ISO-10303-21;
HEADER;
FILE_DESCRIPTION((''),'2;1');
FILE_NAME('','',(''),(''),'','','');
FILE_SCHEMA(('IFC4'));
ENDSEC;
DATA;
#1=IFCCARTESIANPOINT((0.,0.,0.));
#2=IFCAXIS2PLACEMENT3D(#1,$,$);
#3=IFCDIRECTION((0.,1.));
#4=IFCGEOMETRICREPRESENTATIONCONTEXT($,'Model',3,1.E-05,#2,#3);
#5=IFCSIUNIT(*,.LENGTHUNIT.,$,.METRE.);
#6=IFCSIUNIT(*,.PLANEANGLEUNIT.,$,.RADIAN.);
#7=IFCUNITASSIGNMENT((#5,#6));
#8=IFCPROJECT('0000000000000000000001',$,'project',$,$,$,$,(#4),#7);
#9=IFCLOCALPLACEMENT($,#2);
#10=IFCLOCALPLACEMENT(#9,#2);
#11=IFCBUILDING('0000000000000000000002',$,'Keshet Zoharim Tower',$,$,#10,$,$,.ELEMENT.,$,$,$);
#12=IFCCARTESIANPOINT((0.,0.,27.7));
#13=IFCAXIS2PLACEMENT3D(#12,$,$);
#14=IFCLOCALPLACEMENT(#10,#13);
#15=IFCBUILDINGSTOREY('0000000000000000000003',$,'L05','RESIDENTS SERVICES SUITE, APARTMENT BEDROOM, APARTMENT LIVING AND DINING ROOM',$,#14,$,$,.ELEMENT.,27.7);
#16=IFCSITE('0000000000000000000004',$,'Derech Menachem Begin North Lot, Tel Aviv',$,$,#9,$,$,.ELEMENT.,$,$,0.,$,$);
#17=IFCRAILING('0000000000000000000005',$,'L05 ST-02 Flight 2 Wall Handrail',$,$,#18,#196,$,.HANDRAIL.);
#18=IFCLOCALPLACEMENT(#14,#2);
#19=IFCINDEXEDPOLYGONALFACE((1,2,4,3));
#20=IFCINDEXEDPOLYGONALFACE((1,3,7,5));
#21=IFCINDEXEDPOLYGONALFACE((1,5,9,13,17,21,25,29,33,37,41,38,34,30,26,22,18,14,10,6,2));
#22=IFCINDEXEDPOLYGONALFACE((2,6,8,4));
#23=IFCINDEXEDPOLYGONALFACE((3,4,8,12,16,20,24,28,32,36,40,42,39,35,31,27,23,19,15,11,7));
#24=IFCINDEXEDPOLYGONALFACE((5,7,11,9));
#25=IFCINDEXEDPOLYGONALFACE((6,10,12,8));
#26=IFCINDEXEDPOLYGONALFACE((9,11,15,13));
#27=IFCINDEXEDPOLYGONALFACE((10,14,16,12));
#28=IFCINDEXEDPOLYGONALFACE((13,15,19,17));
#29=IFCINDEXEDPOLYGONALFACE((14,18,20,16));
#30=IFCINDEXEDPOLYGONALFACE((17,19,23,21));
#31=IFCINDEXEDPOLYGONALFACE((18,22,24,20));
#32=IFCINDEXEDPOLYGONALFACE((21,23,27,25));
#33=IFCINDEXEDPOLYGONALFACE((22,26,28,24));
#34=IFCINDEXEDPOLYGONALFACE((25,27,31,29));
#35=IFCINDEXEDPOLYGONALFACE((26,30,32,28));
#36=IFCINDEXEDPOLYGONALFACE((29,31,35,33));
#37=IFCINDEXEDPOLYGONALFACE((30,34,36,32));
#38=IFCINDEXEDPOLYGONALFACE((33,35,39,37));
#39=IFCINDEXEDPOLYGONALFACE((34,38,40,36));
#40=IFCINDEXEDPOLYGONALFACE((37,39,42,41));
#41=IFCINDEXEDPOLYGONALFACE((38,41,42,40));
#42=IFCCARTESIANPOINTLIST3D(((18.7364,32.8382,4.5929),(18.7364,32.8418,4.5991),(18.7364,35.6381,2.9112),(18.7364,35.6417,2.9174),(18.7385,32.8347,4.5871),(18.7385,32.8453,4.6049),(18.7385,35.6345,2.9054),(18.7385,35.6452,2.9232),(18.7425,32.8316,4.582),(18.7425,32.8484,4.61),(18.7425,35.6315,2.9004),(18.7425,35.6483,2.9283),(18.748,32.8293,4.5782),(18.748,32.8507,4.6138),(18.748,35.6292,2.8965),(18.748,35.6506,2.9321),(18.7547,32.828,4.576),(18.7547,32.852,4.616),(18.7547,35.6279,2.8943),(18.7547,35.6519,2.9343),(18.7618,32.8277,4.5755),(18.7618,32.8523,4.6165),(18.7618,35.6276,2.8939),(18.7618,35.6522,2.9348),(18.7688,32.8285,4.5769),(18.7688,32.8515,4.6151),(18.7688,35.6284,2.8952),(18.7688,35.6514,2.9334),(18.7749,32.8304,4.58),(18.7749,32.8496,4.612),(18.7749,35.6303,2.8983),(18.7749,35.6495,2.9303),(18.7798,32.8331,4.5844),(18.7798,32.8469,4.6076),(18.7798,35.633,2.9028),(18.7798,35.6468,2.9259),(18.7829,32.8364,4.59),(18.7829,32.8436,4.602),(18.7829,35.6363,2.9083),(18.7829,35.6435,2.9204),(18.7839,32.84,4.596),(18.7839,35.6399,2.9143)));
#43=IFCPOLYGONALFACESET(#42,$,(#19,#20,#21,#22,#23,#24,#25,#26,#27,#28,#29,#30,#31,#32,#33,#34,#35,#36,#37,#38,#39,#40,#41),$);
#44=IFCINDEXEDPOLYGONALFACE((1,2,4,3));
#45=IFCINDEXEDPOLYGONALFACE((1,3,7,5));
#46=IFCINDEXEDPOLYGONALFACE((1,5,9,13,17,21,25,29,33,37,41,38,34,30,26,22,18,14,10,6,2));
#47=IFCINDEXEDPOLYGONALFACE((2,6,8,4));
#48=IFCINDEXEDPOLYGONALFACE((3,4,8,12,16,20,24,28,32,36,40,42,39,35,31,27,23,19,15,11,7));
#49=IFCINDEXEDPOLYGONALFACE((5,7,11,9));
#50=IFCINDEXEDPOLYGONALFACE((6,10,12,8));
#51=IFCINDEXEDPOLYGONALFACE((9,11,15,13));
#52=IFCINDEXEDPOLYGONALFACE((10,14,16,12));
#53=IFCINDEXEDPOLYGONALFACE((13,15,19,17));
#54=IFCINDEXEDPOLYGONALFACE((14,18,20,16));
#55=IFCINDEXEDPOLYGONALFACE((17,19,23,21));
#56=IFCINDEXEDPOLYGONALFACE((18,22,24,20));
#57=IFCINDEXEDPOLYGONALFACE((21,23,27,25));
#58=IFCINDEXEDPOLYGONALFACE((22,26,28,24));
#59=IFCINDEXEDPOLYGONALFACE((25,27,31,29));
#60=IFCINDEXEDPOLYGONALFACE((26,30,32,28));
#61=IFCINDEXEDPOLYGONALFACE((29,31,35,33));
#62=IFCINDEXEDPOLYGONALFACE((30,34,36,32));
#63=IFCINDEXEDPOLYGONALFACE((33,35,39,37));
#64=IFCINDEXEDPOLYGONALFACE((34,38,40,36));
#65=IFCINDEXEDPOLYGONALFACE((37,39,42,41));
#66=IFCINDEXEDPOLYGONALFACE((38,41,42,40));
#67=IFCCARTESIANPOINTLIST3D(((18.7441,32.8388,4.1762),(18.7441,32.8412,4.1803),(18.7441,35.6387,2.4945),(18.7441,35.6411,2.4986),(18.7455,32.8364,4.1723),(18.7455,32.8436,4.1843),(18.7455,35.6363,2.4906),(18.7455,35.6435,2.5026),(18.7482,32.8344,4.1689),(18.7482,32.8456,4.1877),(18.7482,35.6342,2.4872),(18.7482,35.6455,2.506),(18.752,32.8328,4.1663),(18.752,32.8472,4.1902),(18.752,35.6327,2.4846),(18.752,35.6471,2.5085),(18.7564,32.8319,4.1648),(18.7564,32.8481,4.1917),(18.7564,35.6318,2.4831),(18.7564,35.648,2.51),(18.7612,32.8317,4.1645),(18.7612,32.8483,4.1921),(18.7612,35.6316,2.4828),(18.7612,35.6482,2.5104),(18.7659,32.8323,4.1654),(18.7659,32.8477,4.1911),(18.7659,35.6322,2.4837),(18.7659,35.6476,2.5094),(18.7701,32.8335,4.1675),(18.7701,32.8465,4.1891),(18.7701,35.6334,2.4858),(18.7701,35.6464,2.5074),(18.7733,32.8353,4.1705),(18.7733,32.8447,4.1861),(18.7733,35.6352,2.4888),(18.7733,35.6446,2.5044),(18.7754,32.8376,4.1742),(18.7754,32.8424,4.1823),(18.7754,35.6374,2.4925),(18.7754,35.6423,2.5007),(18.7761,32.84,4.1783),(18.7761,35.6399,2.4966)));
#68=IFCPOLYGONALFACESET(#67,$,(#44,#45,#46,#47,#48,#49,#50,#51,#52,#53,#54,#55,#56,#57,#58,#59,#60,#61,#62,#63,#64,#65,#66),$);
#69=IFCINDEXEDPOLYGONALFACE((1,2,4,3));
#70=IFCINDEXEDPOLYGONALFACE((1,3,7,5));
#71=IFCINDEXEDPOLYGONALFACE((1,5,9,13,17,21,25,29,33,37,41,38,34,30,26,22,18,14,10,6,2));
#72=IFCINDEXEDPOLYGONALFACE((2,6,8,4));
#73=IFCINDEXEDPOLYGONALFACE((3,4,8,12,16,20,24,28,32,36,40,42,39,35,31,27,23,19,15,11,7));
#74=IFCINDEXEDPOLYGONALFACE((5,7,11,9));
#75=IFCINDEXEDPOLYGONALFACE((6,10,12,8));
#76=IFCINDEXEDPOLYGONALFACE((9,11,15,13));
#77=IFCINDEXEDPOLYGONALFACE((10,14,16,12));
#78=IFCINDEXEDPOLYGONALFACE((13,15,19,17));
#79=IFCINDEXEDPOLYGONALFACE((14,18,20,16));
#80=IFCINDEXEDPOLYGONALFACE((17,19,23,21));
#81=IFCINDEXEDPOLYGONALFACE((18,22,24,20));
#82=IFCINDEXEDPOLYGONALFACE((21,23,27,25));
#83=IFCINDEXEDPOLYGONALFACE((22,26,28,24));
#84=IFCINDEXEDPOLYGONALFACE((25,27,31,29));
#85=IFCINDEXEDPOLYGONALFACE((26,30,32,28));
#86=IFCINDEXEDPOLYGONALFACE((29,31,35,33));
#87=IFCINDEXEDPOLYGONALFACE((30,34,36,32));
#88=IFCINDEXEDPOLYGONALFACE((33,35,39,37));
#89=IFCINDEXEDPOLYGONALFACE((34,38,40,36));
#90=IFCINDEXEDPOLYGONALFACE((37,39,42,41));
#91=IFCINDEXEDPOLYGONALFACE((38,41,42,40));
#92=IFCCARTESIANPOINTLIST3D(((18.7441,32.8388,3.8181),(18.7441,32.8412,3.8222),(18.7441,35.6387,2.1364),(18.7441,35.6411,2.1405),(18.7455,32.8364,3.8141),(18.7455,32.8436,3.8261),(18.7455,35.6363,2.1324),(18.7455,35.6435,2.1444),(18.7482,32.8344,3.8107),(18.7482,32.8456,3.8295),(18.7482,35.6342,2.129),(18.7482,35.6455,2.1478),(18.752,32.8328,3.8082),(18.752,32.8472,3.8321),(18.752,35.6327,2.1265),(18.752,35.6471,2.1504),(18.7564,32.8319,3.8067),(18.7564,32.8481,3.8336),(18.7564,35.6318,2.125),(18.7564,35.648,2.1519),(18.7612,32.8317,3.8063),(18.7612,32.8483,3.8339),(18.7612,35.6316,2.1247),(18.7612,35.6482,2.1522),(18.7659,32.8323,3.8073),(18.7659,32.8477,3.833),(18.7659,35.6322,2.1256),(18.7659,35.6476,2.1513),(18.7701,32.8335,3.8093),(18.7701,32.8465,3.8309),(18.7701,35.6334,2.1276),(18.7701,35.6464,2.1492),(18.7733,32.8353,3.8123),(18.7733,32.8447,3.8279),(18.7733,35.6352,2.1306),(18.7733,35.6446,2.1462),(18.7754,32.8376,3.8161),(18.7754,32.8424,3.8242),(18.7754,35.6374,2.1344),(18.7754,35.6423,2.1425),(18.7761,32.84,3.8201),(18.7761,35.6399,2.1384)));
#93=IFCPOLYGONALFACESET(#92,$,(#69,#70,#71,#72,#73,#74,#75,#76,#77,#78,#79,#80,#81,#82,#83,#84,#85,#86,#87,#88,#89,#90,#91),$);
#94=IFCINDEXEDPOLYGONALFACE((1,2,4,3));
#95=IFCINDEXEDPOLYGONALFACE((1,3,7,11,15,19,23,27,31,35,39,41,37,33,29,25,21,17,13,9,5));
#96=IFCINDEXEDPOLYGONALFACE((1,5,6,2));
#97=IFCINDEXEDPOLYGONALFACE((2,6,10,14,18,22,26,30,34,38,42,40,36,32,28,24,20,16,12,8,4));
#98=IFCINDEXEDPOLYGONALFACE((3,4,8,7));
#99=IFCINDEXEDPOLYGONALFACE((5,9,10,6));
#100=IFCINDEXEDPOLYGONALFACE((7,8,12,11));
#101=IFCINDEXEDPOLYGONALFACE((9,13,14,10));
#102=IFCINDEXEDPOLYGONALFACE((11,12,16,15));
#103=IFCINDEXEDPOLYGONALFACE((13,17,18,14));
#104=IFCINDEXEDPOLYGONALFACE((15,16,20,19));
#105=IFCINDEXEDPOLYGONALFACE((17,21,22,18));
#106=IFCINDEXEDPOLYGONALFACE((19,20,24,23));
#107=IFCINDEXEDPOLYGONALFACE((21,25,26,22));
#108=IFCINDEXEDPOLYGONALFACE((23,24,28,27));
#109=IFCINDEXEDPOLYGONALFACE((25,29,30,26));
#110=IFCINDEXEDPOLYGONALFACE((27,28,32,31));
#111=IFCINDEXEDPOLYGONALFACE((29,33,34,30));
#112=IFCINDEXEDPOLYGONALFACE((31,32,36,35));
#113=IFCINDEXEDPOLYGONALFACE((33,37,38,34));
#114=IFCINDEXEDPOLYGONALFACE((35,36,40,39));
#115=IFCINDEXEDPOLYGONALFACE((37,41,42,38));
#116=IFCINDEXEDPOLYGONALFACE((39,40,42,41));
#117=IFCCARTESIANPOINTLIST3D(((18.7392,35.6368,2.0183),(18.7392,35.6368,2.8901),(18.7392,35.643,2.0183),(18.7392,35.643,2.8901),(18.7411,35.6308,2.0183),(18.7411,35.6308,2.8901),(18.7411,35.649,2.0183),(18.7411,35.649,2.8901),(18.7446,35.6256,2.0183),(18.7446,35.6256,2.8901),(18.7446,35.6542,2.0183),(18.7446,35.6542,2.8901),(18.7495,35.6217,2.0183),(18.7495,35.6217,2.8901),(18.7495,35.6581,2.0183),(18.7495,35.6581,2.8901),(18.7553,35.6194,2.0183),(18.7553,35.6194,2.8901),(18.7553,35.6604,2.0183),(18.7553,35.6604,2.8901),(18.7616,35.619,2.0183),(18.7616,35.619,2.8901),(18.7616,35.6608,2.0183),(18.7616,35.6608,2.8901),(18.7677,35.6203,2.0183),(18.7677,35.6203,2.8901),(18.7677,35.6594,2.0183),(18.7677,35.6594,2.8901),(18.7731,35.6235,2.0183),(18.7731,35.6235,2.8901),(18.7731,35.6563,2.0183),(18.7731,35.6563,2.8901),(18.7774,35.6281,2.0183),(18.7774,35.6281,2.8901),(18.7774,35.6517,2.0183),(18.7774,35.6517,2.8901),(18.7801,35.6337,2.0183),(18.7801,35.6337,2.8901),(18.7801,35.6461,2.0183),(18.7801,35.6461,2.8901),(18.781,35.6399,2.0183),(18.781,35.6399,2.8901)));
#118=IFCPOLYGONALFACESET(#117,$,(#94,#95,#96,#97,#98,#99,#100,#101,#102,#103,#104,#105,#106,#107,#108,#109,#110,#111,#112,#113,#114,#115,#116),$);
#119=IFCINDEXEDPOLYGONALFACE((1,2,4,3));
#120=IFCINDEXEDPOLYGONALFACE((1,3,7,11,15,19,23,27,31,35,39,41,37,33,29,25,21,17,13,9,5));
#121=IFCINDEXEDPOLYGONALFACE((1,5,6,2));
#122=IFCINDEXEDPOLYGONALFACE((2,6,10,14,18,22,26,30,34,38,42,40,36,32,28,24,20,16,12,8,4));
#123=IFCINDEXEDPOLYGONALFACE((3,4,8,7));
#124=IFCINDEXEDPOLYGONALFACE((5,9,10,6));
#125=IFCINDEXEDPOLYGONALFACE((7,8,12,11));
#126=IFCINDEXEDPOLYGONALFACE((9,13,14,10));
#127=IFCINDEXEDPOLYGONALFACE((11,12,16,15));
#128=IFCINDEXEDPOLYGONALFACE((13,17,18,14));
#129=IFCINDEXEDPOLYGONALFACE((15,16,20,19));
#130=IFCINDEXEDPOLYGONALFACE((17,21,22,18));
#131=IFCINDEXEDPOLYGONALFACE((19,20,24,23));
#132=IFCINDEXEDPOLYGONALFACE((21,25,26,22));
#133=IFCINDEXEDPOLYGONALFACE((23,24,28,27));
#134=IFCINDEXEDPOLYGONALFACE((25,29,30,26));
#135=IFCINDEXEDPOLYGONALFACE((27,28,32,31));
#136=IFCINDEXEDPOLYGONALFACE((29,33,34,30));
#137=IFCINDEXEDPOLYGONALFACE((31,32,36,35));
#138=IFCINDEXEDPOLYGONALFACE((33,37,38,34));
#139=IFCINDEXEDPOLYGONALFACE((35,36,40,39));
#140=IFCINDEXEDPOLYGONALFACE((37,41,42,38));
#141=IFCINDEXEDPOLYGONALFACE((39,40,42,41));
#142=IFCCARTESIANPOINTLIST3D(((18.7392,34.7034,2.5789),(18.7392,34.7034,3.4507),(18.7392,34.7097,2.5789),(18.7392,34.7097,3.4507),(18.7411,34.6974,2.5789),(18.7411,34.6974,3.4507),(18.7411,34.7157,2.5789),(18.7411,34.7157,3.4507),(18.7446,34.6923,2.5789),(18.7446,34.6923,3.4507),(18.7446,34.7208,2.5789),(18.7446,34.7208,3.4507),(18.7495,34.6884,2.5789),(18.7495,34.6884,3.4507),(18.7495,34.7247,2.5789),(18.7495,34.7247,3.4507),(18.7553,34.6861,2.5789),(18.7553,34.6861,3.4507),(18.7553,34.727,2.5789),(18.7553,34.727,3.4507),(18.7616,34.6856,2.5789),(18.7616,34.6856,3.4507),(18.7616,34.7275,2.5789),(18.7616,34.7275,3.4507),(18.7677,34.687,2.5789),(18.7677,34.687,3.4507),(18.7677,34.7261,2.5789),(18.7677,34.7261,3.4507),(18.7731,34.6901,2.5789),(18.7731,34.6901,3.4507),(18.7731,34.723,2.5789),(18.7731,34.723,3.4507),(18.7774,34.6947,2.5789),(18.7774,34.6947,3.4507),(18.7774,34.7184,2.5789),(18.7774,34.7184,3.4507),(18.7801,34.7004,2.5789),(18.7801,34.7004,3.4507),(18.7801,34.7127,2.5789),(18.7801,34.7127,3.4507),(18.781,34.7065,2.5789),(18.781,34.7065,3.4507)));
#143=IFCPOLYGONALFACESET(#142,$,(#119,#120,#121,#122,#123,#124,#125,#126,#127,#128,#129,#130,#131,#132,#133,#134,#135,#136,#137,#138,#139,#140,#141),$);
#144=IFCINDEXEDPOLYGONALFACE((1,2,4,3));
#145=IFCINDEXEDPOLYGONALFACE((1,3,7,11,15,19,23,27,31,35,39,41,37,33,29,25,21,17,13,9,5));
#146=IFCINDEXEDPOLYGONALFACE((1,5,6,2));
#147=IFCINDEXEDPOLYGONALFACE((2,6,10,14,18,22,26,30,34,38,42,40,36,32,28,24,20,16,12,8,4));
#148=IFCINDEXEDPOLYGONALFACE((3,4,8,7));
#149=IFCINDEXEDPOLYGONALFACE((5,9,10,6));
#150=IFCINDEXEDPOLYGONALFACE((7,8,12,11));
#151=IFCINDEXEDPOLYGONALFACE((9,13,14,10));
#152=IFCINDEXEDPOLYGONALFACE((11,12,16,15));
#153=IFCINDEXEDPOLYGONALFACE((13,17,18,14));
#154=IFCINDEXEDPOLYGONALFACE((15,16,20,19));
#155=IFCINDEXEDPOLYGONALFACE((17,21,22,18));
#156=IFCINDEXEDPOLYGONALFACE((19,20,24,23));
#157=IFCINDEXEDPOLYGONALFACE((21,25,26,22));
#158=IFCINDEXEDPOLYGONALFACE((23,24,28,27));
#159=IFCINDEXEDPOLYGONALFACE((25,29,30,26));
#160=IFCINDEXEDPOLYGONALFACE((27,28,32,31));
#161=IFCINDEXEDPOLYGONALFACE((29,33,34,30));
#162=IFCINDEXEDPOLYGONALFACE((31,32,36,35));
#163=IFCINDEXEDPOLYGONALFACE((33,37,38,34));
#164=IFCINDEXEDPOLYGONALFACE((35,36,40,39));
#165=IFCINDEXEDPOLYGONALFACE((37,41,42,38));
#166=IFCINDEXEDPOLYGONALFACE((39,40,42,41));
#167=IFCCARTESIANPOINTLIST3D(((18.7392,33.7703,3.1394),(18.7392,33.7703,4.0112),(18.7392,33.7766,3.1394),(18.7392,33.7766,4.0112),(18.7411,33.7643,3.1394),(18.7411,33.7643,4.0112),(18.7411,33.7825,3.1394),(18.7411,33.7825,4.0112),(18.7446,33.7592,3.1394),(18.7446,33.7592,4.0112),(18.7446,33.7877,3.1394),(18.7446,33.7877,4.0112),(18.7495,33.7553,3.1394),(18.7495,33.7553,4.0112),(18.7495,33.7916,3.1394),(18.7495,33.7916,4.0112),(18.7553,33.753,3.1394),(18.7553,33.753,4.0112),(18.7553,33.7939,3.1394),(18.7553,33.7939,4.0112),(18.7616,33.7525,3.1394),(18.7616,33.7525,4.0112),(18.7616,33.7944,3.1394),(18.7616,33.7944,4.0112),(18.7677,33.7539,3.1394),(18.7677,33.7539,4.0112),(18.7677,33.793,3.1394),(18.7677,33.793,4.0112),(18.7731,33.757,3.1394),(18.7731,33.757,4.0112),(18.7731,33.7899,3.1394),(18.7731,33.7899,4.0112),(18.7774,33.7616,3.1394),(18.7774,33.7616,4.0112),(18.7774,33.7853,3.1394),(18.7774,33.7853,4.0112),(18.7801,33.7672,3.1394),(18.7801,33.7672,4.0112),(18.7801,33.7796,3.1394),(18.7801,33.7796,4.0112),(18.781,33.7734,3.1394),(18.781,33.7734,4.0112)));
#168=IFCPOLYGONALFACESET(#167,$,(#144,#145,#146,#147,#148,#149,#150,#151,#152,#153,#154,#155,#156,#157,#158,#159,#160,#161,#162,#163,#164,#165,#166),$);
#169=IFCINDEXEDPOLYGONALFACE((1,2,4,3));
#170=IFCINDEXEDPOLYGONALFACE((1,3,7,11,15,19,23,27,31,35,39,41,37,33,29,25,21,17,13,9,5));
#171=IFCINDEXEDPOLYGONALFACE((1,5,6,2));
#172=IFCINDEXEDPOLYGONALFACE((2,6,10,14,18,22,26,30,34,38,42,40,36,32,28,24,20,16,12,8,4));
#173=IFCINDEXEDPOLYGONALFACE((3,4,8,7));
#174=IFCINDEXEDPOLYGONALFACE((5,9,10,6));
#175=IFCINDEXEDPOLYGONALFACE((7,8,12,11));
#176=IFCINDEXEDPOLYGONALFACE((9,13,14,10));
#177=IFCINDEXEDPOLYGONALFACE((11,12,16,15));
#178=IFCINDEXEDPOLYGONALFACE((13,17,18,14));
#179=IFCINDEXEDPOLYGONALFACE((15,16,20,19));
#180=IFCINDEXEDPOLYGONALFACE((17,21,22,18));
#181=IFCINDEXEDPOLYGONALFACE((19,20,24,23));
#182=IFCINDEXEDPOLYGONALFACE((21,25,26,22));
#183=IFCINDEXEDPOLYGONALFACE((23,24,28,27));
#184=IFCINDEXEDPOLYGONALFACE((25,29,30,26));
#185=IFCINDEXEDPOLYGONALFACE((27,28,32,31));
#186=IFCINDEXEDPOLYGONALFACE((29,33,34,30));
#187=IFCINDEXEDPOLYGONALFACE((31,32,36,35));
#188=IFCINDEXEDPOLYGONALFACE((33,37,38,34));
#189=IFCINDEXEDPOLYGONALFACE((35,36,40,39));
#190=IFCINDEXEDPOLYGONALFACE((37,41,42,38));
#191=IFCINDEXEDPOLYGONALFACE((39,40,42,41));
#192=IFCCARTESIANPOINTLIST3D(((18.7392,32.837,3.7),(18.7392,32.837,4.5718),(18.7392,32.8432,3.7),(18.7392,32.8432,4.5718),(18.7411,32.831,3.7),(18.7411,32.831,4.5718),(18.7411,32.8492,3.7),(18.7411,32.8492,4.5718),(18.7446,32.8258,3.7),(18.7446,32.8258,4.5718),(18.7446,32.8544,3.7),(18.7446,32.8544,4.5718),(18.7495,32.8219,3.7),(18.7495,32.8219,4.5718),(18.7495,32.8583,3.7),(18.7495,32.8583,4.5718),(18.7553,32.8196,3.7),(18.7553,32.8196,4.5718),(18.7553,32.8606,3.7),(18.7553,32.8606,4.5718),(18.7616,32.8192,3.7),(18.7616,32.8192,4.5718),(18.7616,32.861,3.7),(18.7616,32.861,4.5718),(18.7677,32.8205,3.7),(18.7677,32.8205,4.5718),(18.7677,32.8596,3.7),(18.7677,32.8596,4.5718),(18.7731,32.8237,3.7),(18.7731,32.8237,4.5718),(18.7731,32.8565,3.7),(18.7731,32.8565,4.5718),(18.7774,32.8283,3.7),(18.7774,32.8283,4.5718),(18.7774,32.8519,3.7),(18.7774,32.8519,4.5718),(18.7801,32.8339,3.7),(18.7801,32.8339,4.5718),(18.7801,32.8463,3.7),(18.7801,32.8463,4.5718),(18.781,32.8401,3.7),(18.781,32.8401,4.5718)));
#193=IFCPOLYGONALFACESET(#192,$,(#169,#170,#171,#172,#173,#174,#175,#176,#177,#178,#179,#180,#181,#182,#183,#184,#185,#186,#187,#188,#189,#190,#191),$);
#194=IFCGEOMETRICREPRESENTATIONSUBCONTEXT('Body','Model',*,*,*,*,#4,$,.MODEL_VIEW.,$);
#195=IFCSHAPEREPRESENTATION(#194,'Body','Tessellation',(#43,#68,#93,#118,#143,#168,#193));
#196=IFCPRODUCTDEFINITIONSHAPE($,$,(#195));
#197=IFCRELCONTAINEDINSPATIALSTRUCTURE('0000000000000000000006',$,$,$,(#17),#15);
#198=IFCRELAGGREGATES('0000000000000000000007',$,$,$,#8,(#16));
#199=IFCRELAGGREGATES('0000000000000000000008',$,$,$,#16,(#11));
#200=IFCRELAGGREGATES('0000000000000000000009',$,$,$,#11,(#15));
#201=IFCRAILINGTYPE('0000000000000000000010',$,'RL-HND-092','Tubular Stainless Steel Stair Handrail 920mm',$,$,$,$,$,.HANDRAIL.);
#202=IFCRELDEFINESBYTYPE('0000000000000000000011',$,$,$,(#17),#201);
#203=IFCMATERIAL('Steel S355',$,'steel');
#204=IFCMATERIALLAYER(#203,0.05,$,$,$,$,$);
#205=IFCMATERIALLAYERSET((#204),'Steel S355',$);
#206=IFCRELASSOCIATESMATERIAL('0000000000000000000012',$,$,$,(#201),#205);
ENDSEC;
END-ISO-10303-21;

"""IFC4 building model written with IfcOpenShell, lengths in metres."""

from ifc_helpers import new_model, si_unit, direction, frame, origin, origin_2d, place, context, subcontext, project, spatial, circle, extrude, material, layer, layer_set, type_object, element, save


model = new_model("IFC4")

# Units and contexts
model_context = context("Model", 3, precision=1e-05, world=origin(), true_north=direction((0.0, 1.0)))
body_context = subcontext(model_context, "Body", "Model", "MODEL_VIEW")
ifc_project = project(units=[si_unit("LENGTHUNIT", "METRE"), si_unit("PLANEANGLEUNIT", "RADIAN")], contexts=[model_context])

# Site, building, storey
site_placement = place(None, origin())
site = spatial("IfcSite", under=ifc_project, at=site_placement, Name="Derech Menachem Begin North Lot, Tel Aviv", CompositionType="ELEMENT", RefElevation=0.0)
building_placement = place(site_placement, origin())
building = spatial("IfcBuilding", under=site, at=building_placement, Name="Keshet Zoharim Tower", CompositionType="ELEMENT")
storey_placement = place(building_placement, frame((0.0, 0.0, 27.7)))
storey = spatial("IfcBuildingStorey", under=building, at=storey_placement, Name="L05", Description="RESIDENTS SERVICES SUITE, APARTMENT BEDROOM, APARTMENT LIVING AND DINING ROOM", CompositionType="ELEMENT", Elevation=27.7)

# Railing
ifc_material_1 = material(Name="Steel S355", Category="steel")
ifc_layer_1 = layer(ifc_material_1, 0.05)
ifc_layer_set_1 = layer_set([ifc_layer_1], Name="Steel S355")
railing_type_1 = type_object("IfcRailingType", Name="RL-HND-092", Description="Tubular Stainless Steel Stair Handrail 920mm", PredefinedType="HANDRAIL", material=ifc_layer_set_1)
railing_1_placement = place(storey_placement, frame((18.76, 35.6399, 2.0183)))
element("IfcRailing", 1, at=railing_1_placement, inside=storey, type_object=railing_type_1, Name="L05 ST-02 Flight 2 Wall Handrail", PredefinedType="HANDRAIL", context=body_context, shape_type="SweptSolid", body=[
    extrude(circle(Radius=0.0239, at=origin_2d()), frame((0.0, 0.0, 0.896), z_axis=(0.0, -0.857255, 0.514891), x_axis=(1.0, 0.0, 0.0)), (0.0, 0.0, 1.0), 3.2661),
    extrude(circle(Radius=0.0161, at=origin_2d()), frame((0.0, 0.0, 0.4783), z_axis=(0.0, -0.857255, 0.514891), x_axis=(1.0, 0.0, 0.0)), (0.0, 0.0, 1.0), 3.2661),
    extrude(circle(Radius=0.0161, at=origin_2d()), frame((0.0, 0.0, 0.1201), z_axis=(0.0, -0.857255, 0.514891), x_axis=(1.0, 0.0, 0.0)), (0.0, 0.0, 1.0), 3.2661),
    extrude(circle(Radius=0.021, at=origin_2d()), origin(), (0.0, 0.0, 1.0), 0.8718),
    extrude(circle(Radius=0.021, at=origin_2d()), frame((0.0, -0.9333, 0.5605)), (0.0, 0.0, 1.0), 0.8718),
    extrude(circle(Radius=0.021, at=origin_2d()), frame((0.0, -1.8665, 1.1211)), (0.0, 0.0, 1.0), 0.8718),
    extrude(circle(Radius=0.021, at=origin_2d()), frame((0.0, -2.7998, 1.6816)), (0.0, 0.0, 1.0), 0.8718),
])

save(model, "model.ifc")
